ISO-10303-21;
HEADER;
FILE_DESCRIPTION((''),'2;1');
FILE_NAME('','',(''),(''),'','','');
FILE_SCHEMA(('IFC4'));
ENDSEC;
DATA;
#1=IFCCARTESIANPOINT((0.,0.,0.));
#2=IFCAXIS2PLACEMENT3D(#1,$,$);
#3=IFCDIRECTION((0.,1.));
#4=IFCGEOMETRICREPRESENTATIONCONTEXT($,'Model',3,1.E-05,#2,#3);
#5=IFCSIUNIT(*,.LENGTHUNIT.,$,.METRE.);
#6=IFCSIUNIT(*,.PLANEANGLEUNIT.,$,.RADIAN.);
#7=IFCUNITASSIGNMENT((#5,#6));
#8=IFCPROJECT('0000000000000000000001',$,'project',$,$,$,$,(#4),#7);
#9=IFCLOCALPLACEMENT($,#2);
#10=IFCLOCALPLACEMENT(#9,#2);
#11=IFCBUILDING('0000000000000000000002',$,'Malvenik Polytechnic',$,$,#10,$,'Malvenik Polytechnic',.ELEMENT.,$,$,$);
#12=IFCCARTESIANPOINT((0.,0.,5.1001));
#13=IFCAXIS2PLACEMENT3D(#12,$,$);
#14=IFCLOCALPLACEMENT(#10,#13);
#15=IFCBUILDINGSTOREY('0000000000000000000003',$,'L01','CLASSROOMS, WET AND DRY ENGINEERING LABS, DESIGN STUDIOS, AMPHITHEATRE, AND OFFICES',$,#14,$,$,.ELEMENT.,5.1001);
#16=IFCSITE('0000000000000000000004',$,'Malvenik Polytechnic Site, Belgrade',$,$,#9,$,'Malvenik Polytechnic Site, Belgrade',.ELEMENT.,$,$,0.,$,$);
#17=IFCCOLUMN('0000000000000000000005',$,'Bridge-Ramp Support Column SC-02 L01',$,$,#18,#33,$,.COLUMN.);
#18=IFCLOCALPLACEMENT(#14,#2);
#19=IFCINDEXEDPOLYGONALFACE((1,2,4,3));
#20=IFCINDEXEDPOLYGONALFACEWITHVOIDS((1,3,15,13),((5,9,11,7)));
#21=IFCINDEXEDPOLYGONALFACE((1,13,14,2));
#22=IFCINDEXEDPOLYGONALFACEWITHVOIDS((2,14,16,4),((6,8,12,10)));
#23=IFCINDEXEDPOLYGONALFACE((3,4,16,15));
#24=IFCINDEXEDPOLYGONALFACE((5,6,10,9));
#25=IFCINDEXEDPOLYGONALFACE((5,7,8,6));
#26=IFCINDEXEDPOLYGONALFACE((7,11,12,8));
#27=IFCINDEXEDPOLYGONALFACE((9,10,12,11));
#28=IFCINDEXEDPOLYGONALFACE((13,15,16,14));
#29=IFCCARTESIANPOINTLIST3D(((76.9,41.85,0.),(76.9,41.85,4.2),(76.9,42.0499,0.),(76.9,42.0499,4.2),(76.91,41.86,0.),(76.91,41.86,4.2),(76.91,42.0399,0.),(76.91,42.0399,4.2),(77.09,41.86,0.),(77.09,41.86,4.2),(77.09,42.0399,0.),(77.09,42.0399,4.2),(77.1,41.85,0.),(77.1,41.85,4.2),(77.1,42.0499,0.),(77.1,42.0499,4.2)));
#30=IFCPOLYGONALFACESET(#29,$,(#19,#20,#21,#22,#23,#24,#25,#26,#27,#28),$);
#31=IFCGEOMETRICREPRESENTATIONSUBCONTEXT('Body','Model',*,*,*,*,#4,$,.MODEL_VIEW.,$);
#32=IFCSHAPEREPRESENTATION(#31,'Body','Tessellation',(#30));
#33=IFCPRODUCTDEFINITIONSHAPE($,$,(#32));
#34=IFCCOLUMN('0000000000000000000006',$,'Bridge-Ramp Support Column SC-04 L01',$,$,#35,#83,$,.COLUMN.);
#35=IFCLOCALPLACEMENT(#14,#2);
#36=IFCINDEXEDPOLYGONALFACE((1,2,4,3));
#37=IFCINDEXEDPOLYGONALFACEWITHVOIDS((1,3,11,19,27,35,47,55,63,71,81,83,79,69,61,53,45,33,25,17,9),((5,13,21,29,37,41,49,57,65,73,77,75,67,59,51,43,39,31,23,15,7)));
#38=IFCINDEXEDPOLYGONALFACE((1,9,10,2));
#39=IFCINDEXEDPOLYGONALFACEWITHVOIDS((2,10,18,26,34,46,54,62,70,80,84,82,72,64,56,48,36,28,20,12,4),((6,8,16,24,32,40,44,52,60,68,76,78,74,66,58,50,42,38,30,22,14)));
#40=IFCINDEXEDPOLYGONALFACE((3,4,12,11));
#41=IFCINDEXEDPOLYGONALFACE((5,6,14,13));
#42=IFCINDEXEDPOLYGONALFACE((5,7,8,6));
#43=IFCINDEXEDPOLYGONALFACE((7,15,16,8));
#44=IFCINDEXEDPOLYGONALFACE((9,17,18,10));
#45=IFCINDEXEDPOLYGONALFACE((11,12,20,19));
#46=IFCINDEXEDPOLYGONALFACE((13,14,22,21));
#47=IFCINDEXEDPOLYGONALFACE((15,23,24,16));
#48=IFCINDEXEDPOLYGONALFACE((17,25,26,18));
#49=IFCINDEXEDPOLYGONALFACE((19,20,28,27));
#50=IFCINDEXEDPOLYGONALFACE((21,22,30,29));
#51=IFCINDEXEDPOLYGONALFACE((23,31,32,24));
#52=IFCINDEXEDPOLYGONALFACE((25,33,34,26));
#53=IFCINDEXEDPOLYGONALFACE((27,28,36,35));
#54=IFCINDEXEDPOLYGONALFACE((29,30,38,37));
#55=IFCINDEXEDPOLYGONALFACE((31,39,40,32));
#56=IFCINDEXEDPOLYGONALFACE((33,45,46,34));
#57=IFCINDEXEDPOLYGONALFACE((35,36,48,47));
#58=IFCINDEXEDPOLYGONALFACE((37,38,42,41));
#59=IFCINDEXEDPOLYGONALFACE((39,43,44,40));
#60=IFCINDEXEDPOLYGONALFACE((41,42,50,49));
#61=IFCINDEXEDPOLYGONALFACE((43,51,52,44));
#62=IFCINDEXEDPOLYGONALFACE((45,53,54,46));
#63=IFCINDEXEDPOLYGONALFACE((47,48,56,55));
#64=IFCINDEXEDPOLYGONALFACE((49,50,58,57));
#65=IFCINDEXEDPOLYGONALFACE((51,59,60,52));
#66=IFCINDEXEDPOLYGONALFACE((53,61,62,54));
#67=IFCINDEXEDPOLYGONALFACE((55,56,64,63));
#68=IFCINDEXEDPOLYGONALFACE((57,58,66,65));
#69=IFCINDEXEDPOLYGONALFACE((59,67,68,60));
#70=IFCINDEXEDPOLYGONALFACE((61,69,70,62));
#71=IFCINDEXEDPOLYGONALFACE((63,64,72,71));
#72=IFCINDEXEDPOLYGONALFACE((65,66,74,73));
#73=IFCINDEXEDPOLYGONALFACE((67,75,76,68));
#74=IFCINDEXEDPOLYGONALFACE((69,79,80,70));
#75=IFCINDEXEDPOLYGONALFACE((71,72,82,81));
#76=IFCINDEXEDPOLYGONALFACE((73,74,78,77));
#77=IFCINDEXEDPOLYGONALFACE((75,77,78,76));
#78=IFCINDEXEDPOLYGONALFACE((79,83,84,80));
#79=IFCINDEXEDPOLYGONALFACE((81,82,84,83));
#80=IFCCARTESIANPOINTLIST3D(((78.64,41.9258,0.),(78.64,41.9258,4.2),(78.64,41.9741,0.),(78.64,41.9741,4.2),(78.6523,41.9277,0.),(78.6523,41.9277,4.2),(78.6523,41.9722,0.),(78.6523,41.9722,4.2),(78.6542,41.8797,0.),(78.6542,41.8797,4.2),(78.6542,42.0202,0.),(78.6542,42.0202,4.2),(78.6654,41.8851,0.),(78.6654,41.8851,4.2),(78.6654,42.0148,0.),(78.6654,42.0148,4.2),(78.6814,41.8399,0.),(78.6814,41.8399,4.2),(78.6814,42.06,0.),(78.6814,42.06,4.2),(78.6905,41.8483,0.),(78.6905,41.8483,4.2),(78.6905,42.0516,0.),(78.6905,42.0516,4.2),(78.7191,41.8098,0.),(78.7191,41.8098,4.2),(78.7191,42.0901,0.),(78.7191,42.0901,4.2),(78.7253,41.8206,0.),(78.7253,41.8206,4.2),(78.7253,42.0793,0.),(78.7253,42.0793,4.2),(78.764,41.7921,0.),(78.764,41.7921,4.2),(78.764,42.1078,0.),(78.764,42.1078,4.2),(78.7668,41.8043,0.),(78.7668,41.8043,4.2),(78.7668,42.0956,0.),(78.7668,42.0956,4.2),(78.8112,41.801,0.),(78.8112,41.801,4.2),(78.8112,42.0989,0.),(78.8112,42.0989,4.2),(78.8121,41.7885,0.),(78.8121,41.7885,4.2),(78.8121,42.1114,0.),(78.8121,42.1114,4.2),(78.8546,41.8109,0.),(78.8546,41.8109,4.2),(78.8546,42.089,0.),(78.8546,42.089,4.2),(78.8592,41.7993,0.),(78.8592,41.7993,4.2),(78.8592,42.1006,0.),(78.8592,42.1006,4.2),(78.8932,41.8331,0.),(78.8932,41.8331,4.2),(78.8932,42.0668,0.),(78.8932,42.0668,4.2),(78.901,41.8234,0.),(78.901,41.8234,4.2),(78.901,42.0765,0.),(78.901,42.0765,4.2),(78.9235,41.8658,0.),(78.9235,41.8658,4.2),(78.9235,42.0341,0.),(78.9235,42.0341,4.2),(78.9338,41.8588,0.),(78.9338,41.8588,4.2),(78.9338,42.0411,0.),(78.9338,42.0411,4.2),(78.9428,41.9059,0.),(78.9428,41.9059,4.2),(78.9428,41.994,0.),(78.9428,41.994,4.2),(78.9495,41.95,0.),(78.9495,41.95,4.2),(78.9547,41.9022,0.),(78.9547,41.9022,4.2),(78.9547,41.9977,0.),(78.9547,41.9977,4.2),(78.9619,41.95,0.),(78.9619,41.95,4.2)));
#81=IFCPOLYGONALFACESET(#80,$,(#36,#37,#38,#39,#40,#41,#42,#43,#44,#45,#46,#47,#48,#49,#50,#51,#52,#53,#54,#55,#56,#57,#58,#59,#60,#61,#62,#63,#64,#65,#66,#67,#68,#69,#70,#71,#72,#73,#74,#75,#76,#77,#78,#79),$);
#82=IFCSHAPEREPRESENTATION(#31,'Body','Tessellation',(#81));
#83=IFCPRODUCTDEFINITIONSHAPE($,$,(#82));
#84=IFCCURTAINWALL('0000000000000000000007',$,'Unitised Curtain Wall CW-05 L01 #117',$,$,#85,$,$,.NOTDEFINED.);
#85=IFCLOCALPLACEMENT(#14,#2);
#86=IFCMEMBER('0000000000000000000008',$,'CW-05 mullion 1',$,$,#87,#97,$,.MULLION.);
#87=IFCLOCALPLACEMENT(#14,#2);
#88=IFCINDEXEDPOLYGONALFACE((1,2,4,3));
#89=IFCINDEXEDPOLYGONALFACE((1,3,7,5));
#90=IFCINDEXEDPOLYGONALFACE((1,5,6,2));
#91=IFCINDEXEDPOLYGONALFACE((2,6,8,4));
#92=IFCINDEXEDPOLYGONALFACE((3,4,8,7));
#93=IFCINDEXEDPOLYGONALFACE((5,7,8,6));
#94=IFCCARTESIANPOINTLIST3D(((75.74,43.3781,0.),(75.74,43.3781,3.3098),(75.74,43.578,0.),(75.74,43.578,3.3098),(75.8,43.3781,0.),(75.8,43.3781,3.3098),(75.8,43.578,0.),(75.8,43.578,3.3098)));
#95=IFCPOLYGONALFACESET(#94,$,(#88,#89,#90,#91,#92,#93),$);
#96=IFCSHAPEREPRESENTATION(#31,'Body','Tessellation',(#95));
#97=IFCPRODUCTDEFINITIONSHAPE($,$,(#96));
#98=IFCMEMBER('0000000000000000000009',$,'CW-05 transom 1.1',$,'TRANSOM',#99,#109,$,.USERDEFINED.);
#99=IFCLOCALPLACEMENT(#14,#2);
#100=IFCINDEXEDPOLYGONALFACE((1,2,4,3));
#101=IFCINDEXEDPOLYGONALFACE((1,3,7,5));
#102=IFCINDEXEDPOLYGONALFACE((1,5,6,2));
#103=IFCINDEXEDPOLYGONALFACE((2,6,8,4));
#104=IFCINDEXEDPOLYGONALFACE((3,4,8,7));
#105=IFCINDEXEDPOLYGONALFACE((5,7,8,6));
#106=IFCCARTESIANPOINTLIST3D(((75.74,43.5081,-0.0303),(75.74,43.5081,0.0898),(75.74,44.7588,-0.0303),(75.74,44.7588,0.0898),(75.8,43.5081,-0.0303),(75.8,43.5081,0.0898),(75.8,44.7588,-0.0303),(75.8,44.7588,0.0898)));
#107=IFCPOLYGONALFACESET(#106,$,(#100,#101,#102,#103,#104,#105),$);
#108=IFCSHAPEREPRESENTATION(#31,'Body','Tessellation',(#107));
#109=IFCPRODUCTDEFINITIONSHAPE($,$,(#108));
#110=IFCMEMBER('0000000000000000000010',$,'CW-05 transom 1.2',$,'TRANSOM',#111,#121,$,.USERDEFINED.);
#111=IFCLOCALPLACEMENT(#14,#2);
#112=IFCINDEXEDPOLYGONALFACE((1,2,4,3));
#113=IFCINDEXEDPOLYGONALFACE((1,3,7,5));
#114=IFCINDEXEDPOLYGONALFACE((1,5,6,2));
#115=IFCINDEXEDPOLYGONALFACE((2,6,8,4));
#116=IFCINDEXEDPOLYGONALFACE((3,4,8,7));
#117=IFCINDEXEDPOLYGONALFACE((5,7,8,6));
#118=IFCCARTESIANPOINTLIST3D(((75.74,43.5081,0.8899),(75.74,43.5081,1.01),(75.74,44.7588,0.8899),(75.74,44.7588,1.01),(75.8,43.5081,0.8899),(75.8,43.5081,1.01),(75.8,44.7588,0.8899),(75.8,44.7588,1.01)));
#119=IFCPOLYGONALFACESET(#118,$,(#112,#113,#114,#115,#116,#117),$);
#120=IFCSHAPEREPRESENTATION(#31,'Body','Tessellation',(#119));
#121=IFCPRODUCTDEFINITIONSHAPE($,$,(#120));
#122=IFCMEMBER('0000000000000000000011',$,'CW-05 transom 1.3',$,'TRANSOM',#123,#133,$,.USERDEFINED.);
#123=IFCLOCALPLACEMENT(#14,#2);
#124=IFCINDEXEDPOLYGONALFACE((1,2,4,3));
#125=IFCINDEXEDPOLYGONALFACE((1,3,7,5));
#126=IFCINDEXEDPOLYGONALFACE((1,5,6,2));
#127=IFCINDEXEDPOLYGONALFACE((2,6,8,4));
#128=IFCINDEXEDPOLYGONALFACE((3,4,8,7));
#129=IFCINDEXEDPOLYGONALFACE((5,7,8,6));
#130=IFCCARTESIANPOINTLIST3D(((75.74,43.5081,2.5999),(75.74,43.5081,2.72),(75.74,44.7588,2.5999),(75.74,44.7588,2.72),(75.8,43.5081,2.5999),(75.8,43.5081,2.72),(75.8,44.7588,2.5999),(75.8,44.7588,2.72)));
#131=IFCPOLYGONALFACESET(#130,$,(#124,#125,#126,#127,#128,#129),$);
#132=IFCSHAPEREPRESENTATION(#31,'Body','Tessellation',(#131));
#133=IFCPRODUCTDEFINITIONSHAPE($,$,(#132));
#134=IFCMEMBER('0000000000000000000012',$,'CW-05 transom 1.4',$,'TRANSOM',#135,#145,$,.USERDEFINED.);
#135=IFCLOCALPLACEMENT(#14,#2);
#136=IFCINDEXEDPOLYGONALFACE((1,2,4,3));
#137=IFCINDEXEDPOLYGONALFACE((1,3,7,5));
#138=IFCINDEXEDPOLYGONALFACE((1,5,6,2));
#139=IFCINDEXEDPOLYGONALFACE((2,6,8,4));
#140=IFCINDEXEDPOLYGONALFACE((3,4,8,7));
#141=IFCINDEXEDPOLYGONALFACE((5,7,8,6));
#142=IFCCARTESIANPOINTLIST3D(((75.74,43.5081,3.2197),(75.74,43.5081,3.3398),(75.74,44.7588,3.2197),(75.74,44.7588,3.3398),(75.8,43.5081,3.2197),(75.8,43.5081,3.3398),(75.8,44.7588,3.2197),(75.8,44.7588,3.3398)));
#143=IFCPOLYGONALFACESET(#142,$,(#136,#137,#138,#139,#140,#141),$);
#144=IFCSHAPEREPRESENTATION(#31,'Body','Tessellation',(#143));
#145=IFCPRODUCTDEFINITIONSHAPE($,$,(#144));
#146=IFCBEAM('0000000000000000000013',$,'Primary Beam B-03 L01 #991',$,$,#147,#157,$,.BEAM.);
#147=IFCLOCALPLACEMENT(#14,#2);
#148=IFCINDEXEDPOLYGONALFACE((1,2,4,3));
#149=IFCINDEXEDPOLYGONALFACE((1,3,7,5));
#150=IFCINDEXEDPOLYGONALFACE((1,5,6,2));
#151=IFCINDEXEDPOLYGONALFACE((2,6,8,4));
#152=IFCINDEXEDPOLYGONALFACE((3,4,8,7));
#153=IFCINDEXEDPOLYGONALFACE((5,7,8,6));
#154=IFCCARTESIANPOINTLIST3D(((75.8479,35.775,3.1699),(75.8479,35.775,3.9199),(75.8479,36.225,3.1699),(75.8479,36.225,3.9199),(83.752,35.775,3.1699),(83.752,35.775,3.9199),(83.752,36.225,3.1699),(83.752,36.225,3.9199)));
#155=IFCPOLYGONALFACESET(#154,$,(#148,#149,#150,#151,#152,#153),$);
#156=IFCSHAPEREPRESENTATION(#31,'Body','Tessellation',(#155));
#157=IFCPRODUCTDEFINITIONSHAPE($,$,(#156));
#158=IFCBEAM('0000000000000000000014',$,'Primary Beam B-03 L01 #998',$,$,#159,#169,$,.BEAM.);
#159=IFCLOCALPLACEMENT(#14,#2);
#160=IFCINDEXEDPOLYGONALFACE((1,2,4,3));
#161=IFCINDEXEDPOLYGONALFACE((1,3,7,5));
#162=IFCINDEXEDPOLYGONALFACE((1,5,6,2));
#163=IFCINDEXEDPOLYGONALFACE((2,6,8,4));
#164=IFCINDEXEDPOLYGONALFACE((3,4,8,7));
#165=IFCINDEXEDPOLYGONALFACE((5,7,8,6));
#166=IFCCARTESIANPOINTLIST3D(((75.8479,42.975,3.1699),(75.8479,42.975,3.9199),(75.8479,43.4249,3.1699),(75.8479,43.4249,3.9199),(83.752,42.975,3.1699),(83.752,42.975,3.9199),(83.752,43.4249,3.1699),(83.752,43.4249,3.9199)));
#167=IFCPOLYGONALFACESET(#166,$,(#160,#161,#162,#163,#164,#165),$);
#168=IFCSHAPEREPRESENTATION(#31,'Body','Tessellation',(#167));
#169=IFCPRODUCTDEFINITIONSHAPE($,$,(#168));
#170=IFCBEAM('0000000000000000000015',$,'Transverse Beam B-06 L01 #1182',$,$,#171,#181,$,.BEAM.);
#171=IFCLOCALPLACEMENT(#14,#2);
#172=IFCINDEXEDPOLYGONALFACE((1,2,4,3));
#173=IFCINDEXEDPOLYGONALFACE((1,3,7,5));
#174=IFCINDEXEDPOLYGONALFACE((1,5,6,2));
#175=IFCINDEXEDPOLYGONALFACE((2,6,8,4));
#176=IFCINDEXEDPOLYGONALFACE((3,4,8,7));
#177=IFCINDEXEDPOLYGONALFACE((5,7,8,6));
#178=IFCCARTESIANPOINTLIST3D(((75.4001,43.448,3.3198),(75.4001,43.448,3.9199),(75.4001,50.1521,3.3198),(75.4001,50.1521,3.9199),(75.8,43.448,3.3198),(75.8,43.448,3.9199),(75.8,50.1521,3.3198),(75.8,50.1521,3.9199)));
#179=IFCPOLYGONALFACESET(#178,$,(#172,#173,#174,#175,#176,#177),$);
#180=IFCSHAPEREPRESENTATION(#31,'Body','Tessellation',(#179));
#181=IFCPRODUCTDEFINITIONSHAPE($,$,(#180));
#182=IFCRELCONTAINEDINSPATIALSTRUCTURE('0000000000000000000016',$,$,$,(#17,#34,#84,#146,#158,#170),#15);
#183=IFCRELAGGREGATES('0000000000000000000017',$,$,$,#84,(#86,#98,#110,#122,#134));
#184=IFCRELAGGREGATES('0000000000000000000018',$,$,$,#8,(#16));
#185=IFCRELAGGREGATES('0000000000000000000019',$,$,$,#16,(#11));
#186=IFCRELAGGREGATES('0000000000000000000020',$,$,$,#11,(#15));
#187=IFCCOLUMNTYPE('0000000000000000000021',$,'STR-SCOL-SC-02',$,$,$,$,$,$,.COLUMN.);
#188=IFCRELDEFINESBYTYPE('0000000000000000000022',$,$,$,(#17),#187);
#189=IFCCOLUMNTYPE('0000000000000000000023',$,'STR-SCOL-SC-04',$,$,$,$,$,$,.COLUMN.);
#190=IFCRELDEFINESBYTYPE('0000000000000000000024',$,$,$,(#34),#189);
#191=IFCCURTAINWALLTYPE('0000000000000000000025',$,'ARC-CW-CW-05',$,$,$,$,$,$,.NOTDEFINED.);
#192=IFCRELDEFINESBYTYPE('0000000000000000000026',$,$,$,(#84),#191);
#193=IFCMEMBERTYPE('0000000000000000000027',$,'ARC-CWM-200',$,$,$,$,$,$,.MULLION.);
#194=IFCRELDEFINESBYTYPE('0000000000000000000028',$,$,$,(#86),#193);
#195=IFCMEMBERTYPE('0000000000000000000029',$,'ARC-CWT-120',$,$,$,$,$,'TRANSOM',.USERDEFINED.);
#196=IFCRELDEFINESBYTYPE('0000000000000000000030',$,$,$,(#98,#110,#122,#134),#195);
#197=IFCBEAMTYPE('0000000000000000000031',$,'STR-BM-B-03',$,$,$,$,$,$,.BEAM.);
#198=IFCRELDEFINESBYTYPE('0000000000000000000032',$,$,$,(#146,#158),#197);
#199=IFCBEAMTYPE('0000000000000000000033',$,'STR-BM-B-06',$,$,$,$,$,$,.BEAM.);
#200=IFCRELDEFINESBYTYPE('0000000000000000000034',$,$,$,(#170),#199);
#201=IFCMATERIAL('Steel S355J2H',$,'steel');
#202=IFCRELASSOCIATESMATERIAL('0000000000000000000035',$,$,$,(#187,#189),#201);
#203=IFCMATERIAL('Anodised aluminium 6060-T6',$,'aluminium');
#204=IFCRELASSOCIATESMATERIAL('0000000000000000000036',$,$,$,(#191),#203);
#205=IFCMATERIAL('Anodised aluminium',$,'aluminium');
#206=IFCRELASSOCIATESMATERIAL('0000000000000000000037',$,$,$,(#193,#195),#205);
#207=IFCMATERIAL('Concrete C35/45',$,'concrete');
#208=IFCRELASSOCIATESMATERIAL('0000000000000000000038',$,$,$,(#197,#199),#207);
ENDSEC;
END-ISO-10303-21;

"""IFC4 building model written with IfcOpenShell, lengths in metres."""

from ifc_helpers import new_model, si_unit, direction, frame, origin, origin_2d, place, context, subcontext, project, spatial, rectangle, hollow_rectangle, hollow_circle, extrude, material, material_profile, profile_set, type_object, element, aggregate, save


model = new_model("IFC4")

# Units and contexts
model_context = context("Model", 3, precision=1e-05, world=origin(), true_north=direction((0.0, 1.0)))
body_context = subcontext(model_context, "Body", "Model", "MODEL_VIEW")
ifc_project = project(units=[si_unit("LENGTHUNIT", "METRE"), si_unit("PLANEANGLEUNIT", "RADIAN")], contexts=[model_context])

# Site, building, storey
site_placement = place(None, origin())
site = spatial("IfcSite", under=ifc_project, at=site_placement, Name="Malvenik Polytechnic Site, Belgrade", LongName="Malvenik Polytechnic Site, Belgrade", CompositionType="ELEMENT", RefElevation=0.0)
building_placement = place(site_placement, origin())
building = spatial("IfcBuilding", under=site, at=building_placement, Name="Malvenik Polytechnic", LongName="Malvenik Polytechnic", CompositionType="ELEMENT")
storey_placement = place(building_placement, frame((0.0, 0.0, 5.1001)))
storey = spatial("IfcBuildingStorey", under=building, at=storey_placement, Name="L01", Description="CLASSROOMS, WET AND DRY ENGINEERING LABS, DESIGN STUDIOS, AMPHITHEATRE, AND OFFICES", CompositionType="ELEMENT", Elevation=5.1001)

# Columns
ifc_material_1 = material(Name="Steel S355J2H", Category="steel")
ifc_material_profile_1 = material_profile(ifc_material_1, hollow_rectangle(XDim=0.2, YDim=0.2, WallThickness=0.01, at=origin_2d()), Name="SHS 200x200x10.0")
ifc_profile_set_1 = profile_set([ifc_material_profile_1], Name="Steel S355J2H")
column_type_1 = type_object("IfcColumnType", Name="STR-SCOL-SC-02", PredefinedType="COLUMN", material=ifc_profile_set_1)
column_1_placement = place(storey_placement, frame((77.0, 41.95, 0.0), z_axis=(0.0, 0.0, 1.0), x_axis=(1.0, 0.0, 0.0)))
element("IfcColumn", 1, at=column_1_placement, inside=storey, type_object=column_type_1, Name="Bridge-Ramp Support Column SC-02 L01", PredefinedType="COLUMN", context=body_context, shape_type="SweptSolid", body=[
    extrude(hollow_rectangle(XDim=0.2, YDim=0.2, WallThickness=0.01, at=origin_2d()), origin(), (0.0, 0.0, 1.0), 4.2),
])
ifc_material_profile_2 = material_profile(ifc_material_1, hollow_circle(Radius=0.1619, WallThickness=0.0125, at=origin_2d()), Name="CHS 323.9x12.5")
ifc_profile_set_2 = profile_set([ifc_material_profile_2], Name="Steel S355J2H")
column_type_2 = type_object("IfcColumnType", Name="STR-SCOL-SC-04", PredefinedType="COLUMN", material=ifc_profile_set_2)
column_2_placement = place(storey_placement, frame((78.8, 41.95, 0.0), z_axis=(0.0, 0.0, 1.0), x_axis=(1.0, 0.0, 0.0)))
element("IfcColumn", 2, at=column_2_placement, inside=storey, type_object=column_type_2, Name="Bridge-Ramp Support Column SC-04 L01", PredefinedType="COLUMN", context=body_context, shape_type="SweptSolid", body=[
    extrude(hollow_circle(Radius=0.1619, WallThickness=0.0125, at=origin_2d()), origin(), (0.0, 0.0, 1.0), 4.2),
])

# Curtain wall, members
ifc_material_2 = material(Name="Anodised aluminium 6060-T6", Category="aluminium")
curtain_wall_type = type_object("IfcCurtainWallType", Name="ARC-CW-CW-05", PredefinedType="NOTDEFINED", material=ifc_material_2)
curtain_wall_placement = place(storey_placement, origin())
curtain_wall = element("IfcCurtainWall", 3, at=curtain_wall_placement, inside=storey, type_object=curtain_wall_type, Name="Unitised Curtain Wall CW-05 L01 #117", PredefinedType="NOTDEFINED")
ifc_material_3 = material(Name="Anodised aluminium", Category="aluminium")
ifc_material_profile_3 = material_profile(ifc_material_3, rectangle(XDim=0.0601, YDim=0.2, at=origin_2d()), Name="ALU MULLION 60x200")
ifc_profile_set_3 = profile_set([ifc_material_profile_3], Name="Anodised aluminium")
member_type_1 = type_object("IfcMemberType", Name="ARC-CWM-200", PredefinedType="MULLION", material=ifc_profile_set_3)
member_1_placement = place(storey_placement, frame((75.77, 43.478, 0.0), z_axis=(0.0, 0.0, 1.0), x_axis=(-1.0, 0.0, 0.0)))
member_1 = element("IfcMember", 4, at=member_1_placement, type_object=member_type_1, Name="CW-05 mullion 1", PredefinedType="MULLION", context=body_context, shape_type="SweptSolid", body=[
    extrude(rectangle(XDim=0.0601, YDim=0.2, at=origin_2d()), origin(), (0.0, 0.0, 1.0), 3.3098),
])
ifc_material_profile_4 = material_profile(ifc_material_3, rectangle(XDim=0.0601, YDim=0.1201, at=origin_2d()), Name="ALU TRANSOM 60x120")
ifc_profile_set_4 = profile_set([ifc_material_profile_4], Name="Anodised aluminium")
member_type_2 = type_object("IfcMemberType", Name="ARC-CWT-120", ElementType="TRANSOM", PredefinedType="USERDEFINED", material=ifc_profile_set_4)
member_2_placement = place(storey_placement, frame((75.77, 43.5081, 0.0298), z_axis=(0.0, 1.0, 0.0), x_axis=(-1.0, 0.0, 0.0)))
member_2 = element("IfcMember", 5, at=member_2_placement, type_object=member_type_2, Name="CW-05 transom 1.1", ObjectType="TRANSOM", PredefinedType="USERDEFINED", context=body_context, shape_type="SweptSolid", body=[
    extrude(rectangle(XDim=0.0601, YDim=0.1201, at=origin_2d()), origin(), (0.0, 0.0, 1.0), 1.2507),
])
member_3_placement = place(storey_placement, frame((75.77, 43.5081, 0.95), z_axis=(0.0, 1.0, 0.0), x_axis=(-1.0, 0.0, 0.0)))
member_3 = element("IfcMember", 6, at=member_3_placement, type_object=member_type_2, Name="CW-05 transom 1.2", ObjectType="TRANSOM", PredefinedType="USERDEFINED", context=body_context, shape_type="SweptSolid", body=[
    extrude(rectangle(XDim=0.0601, YDim=0.1201, at=origin_2d()), origin(), (0.0, 0.0, 1.0), 1.2507),
])
member_4_placement = place(storey_placement, frame((75.77, 43.5081, 2.6599), z_axis=(0.0, 1.0, 0.0), x_axis=(-1.0, 0.0, 0.0)))
member_4 = element("IfcMember", 7, at=member_4_placement, type_object=member_type_2, Name="CW-05 transom 1.3", ObjectType="TRANSOM", PredefinedType="USERDEFINED", context=body_context, shape_type="SweptSolid", body=[
    extrude(rectangle(XDim=0.0601, YDim=0.1201, at=origin_2d()), origin(), (0.0, 0.0, 1.0), 1.2507),
])
member_5_placement = place(storey_placement, frame((75.77, 43.5081, 3.2798), z_axis=(0.0, 1.0, 0.0), x_axis=(-1.0, 0.0, 0.0)))
member_5 = element("IfcMember", 8, at=member_5_placement, type_object=member_type_2, Name="CW-05 transom 1.4", ObjectType="TRANSOM", PredefinedType="USERDEFINED", context=body_context, shape_type="SweptSolid", body=[
    extrude(rectangle(XDim=0.0601, YDim=0.1201, at=origin_2d()), origin(), (0.0, 0.0, 1.0), 1.2507),
])

# Beams
ifc_material_4 = material(Name="Concrete C35/45", Category="concrete")
ifc_material_profile_5 = material_profile(ifc_material_4, rectangle(XDim=0.45, YDim=0.75, at=origin_2d()), Name="RC BM 450x750")
ifc_profile_set_5 = profile_set([ifc_material_profile_5], Name="Concrete C35/45")
beam_type_1 = type_object("IfcBeamType", Name="STR-BM-B-03", PredefinedType="BEAM", material=ifc_profile_set_5)
for number, where, z_axis, x_axis, name in (
    (9, (75.8479, 36.0, 3.5449), (1.0, 0.0, 0.0), (0.0, 1.0, 0.0), "Primary Beam B-03 L01 #991"),
    (10, (75.8479, 43.2, 3.5449), (1.0, 0.0, 0.0), (0.0, 1.0, 0.0), "Primary Beam B-03 L01 #998"),
):
    element("IfcBeam", number, at=place(storey_placement, frame(where, z_axis=z_axis, x_axis=x_axis)), inside=storey, type_object=beam_type_1, Name=name, PredefinedType="BEAM", context=body_context, shape_type="SweptSolid", body=[
        extrude(rectangle(XDim=0.45, YDim=0.75, at=origin_2d()), origin(), (0.0, 0.0, 1.0), 7.9041),
    ])
ifc_material_profile_6 = material_profile(ifc_material_4, rectangle(XDim=0.3999, YDim=0.6001, at=origin_2d()), Name="RC BM 400x600")
ifc_profile_set_6 = profile_set([ifc_material_profile_6], Name="Concrete C35/45")
beam_type_2 = type_object("IfcBeamType", Name="STR-BM-B-06", PredefinedType="BEAM", material=ifc_profile_set_6)
beam_1_placement = place(storey_placement, frame((75.6001, 43.448, 3.6199), z_axis=(0.0, 1.0, 0.0), x_axis=(-1.0, 0.0, 0.0)))
element("IfcBeam", 11, at=beam_1_placement, inside=storey, type_object=beam_type_2, Name="Transverse Beam B-06 L01 #1182", PredefinedType="BEAM", context=body_context, shape_type="SweptSolid", body=[
    extrude(rectangle(XDim=0.3999, YDim=0.6001, at=origin_2d()), origin(), (0.0, 0.0, 1.0), 6.7041),
])

aggregate(curtain_wall, [member_1, member_2, member_3, member_4, member_5])

save(model, "model.ifc")
